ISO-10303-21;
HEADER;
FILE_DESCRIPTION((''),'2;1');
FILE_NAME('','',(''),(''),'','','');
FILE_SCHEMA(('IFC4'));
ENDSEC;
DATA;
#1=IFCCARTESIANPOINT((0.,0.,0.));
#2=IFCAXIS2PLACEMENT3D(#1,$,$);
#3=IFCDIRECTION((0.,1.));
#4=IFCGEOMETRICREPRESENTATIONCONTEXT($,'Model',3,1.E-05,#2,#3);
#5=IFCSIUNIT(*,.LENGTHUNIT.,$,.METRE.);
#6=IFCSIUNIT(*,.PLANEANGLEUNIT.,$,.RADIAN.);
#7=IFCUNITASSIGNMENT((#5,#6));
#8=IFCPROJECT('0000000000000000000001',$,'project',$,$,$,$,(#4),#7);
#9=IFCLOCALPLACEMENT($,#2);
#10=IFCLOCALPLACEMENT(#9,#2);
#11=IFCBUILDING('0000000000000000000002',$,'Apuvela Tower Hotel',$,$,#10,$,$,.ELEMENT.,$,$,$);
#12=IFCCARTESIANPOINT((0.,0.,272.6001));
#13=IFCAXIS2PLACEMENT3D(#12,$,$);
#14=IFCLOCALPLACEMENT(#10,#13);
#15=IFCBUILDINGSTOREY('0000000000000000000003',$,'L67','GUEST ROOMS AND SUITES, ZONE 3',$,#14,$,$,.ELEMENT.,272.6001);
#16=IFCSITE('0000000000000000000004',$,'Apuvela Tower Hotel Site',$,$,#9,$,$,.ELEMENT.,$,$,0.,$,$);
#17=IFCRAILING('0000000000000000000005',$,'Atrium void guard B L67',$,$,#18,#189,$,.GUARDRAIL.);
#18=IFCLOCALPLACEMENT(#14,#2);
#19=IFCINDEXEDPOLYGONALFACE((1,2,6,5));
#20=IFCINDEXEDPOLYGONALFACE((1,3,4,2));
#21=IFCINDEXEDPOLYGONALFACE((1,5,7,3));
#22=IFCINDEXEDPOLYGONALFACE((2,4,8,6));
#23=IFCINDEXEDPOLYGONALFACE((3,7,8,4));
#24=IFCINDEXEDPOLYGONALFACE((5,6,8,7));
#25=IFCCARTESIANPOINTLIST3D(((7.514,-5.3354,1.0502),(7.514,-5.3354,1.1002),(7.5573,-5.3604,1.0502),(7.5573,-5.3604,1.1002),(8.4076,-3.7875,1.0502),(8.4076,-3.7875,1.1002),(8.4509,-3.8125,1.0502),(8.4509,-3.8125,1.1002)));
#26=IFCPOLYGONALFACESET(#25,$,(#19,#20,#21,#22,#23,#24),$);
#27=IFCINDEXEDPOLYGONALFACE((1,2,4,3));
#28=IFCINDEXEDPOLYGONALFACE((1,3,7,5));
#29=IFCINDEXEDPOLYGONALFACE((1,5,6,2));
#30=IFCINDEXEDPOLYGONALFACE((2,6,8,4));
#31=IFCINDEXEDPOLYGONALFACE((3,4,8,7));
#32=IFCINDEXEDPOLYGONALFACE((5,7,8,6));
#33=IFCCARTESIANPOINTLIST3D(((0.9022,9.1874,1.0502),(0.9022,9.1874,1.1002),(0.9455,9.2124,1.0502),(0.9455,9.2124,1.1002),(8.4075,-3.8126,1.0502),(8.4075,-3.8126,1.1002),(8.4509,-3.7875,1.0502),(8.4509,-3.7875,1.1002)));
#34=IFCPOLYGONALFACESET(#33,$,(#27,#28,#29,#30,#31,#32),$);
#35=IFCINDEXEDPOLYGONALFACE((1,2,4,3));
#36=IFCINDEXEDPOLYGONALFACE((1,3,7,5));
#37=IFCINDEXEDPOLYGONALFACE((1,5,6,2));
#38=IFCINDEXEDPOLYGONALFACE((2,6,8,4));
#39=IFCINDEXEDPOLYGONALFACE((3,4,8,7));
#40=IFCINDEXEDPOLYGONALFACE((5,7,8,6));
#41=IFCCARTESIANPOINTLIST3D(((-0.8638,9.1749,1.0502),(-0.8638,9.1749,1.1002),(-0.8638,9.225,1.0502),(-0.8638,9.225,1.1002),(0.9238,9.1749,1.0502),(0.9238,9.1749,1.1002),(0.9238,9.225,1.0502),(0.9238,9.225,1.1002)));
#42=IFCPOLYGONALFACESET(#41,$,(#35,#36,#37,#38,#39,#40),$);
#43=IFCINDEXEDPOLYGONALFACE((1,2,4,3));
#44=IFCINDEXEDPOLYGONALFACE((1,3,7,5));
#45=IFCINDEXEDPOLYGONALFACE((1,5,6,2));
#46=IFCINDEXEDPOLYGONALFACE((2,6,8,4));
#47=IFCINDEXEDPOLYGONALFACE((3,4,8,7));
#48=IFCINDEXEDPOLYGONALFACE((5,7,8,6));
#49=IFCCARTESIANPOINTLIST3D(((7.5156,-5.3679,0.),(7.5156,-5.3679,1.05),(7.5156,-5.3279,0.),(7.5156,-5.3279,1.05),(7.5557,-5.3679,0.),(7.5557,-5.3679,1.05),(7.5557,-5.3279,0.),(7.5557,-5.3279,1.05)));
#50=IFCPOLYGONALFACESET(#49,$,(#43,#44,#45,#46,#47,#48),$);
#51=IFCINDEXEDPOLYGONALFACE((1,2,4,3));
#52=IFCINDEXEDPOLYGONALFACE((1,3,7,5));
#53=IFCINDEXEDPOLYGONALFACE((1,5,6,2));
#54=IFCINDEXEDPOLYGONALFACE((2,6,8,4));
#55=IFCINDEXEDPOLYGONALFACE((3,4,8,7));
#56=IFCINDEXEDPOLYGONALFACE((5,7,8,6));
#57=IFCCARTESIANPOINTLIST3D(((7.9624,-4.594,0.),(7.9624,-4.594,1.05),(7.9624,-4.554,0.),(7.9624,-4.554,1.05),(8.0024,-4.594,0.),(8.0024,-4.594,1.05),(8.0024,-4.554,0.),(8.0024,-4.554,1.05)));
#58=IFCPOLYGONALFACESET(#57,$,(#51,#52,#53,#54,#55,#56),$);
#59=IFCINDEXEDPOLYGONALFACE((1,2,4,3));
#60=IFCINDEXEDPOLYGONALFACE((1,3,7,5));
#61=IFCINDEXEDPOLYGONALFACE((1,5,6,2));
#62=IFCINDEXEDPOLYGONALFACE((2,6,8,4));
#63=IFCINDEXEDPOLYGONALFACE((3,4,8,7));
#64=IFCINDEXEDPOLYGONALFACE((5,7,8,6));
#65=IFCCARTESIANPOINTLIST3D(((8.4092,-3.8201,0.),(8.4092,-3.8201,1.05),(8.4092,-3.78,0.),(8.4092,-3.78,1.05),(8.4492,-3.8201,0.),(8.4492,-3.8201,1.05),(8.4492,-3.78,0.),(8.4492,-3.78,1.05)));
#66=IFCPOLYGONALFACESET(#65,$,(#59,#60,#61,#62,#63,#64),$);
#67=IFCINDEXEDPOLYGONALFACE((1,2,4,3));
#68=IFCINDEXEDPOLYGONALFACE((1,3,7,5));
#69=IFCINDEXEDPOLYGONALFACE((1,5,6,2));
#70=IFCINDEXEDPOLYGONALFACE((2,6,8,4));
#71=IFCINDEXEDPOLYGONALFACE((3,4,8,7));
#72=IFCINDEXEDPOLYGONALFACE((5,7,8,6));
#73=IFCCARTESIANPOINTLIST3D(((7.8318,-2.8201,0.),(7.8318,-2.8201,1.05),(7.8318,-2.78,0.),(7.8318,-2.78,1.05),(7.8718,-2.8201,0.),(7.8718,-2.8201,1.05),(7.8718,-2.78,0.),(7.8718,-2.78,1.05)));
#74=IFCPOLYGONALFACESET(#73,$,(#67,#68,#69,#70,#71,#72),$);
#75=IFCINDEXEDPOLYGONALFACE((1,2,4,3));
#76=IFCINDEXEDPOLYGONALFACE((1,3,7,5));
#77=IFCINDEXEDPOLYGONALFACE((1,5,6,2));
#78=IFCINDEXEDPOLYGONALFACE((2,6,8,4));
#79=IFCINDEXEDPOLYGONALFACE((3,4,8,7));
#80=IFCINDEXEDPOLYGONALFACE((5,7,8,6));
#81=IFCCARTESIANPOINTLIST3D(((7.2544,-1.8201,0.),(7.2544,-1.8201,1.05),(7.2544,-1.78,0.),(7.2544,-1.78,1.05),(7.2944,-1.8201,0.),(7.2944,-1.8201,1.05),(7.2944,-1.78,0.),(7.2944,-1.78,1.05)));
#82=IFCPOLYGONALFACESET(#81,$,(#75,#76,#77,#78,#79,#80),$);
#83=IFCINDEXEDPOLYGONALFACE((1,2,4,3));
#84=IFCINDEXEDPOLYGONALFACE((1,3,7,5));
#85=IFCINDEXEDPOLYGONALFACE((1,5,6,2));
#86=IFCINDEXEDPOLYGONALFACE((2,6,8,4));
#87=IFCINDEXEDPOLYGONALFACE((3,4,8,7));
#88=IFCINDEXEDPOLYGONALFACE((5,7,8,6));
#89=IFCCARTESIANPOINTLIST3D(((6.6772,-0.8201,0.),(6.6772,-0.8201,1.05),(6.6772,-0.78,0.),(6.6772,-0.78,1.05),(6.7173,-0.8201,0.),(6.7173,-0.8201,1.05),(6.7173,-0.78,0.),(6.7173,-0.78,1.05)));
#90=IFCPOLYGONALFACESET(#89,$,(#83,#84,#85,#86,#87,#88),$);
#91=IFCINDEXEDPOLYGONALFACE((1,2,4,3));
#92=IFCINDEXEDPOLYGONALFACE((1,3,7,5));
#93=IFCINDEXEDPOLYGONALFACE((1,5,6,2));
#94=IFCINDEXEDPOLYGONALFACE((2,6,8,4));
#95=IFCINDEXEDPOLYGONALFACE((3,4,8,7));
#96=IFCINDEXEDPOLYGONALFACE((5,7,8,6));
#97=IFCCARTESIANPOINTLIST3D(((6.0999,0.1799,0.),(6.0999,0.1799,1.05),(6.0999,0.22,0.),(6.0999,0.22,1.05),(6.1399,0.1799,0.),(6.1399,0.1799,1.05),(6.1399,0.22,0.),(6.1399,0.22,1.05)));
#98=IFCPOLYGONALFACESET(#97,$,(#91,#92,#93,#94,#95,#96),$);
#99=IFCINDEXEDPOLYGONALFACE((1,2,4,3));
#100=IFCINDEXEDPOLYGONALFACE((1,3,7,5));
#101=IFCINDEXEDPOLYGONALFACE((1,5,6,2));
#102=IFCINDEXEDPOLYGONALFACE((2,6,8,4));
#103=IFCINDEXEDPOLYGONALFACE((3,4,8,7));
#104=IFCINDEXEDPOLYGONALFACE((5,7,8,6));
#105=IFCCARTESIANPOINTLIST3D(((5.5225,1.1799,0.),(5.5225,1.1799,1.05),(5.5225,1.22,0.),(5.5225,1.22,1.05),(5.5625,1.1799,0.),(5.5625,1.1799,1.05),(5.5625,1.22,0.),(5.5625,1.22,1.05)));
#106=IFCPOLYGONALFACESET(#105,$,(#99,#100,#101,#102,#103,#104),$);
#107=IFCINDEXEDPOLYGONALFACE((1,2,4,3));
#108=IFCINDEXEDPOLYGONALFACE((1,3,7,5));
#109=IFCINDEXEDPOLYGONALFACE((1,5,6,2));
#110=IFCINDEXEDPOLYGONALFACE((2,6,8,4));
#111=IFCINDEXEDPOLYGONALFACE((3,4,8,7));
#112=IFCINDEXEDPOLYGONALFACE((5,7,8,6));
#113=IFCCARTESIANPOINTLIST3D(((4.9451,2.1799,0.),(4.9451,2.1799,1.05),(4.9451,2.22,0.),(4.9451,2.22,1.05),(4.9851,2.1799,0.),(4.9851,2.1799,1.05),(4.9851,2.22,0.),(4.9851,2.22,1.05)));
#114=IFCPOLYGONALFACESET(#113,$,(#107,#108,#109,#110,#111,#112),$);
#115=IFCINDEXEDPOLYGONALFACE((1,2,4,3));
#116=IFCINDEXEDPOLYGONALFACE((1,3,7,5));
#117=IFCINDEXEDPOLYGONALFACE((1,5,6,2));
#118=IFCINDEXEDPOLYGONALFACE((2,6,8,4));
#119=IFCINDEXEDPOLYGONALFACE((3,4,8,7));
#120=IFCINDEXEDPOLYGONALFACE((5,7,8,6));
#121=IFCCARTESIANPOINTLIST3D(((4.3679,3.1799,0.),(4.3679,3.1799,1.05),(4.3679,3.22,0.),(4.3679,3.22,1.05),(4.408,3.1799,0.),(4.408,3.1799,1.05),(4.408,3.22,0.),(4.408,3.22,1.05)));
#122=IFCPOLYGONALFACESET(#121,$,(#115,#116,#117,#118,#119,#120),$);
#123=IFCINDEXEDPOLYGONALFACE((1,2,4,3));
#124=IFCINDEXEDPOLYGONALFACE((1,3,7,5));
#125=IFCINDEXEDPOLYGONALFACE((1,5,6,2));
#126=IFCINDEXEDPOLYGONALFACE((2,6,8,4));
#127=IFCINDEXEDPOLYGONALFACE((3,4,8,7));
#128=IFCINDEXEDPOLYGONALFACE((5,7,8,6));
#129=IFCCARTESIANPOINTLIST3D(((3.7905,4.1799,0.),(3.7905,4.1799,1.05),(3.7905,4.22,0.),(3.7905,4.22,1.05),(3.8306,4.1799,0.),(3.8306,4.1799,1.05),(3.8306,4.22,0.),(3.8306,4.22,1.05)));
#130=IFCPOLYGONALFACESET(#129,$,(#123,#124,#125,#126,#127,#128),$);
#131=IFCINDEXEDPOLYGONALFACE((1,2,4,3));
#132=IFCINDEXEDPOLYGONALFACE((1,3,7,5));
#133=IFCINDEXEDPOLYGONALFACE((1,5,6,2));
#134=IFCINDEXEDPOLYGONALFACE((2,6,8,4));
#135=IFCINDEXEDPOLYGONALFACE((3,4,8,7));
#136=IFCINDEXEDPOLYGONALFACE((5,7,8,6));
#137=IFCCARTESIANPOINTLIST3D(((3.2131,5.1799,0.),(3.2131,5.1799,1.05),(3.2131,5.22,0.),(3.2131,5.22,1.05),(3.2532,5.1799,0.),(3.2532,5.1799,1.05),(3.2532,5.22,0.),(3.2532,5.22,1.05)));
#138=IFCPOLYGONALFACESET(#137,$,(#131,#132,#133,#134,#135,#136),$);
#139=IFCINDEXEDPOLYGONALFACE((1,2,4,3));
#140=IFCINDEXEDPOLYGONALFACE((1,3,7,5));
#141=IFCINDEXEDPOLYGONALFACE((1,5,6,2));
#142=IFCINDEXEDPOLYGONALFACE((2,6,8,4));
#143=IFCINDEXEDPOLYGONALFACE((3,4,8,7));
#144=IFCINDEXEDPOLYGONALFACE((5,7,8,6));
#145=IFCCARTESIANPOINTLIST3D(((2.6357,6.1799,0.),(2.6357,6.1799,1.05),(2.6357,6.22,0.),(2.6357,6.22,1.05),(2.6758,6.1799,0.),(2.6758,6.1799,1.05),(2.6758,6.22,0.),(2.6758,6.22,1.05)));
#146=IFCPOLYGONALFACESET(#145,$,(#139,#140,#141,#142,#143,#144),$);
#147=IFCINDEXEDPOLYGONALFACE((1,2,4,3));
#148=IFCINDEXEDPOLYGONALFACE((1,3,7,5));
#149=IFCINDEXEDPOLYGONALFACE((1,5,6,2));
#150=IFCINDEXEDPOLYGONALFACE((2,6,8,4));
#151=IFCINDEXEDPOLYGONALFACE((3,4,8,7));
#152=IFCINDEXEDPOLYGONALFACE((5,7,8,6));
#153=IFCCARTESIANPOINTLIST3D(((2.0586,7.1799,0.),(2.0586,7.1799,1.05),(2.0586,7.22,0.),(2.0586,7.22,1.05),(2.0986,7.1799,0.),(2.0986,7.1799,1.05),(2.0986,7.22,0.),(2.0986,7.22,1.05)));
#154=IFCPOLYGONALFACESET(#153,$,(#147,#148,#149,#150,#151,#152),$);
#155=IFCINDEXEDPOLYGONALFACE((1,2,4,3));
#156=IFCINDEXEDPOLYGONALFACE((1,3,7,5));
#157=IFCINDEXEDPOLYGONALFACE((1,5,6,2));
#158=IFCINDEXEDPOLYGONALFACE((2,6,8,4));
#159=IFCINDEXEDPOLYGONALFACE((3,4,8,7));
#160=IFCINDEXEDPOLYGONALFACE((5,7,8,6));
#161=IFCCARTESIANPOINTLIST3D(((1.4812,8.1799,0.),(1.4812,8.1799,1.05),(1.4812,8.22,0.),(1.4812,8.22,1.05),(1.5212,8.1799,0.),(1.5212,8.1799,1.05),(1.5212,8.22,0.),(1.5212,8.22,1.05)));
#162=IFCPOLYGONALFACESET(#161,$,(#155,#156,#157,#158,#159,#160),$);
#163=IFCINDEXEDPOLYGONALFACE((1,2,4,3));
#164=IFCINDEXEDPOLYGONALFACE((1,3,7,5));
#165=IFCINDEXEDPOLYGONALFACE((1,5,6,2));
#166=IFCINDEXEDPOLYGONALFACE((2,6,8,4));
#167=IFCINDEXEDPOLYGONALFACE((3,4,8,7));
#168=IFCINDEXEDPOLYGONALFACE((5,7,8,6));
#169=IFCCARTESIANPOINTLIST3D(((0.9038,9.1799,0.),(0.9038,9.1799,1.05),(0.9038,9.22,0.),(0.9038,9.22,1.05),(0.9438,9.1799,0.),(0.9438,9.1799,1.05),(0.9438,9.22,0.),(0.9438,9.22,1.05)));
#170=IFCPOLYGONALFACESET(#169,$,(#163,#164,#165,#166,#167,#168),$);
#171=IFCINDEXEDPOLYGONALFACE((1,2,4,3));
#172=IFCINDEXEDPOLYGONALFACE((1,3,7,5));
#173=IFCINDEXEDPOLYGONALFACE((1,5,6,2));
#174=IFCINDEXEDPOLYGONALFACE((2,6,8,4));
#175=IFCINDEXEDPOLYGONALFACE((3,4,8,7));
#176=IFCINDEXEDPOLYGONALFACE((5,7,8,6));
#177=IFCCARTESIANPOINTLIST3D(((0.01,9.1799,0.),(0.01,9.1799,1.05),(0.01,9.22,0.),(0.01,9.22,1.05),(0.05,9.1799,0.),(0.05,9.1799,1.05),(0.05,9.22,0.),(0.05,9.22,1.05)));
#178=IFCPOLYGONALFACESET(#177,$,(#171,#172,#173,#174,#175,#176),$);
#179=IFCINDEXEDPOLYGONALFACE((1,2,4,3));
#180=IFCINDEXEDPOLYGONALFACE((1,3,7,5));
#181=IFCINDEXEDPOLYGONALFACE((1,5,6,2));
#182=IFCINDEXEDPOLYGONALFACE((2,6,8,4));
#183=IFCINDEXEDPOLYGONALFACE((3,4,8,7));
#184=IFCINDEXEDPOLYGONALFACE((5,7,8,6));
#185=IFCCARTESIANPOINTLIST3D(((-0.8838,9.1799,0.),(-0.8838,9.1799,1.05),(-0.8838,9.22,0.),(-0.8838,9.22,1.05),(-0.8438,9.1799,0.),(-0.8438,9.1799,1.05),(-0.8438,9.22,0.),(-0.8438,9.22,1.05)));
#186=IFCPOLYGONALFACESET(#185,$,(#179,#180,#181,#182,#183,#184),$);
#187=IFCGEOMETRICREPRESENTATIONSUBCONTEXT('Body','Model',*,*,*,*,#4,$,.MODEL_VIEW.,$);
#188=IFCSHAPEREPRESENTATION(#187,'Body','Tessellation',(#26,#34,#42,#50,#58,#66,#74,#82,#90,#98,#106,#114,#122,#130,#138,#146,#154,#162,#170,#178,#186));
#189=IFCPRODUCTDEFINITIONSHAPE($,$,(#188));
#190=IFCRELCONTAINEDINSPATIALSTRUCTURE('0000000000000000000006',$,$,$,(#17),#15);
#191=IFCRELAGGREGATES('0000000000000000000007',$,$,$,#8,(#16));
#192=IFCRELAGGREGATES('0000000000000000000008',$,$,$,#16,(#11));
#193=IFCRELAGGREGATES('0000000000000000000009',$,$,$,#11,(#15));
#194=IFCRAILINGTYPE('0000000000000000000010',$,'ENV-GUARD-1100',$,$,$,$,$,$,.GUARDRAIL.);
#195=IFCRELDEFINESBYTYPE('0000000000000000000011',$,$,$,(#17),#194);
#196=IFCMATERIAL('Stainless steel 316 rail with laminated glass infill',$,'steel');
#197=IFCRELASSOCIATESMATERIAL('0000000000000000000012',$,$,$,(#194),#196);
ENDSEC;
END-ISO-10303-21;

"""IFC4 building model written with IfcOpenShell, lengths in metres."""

from ifc_helpers import new_model, si_unit, direction, frame, origin, origin_2d, place, context, subcontext, project, spatial, rectangle, extrude, material, type_object, element, save


model = new_model("IFC4")

# Units and contexts
model_context = context("Model", 3, precision=1e-05, world=origin(), true_north=direction((0.0, 1.0)))
body_context = subcontext(model_context, "Body", "Model", "MODEL_VIEW")
ifc_project = project(units=[si_unit("LENGTHUNIT", "METRE"), si_unit("PLANEANGLEUNIT", "RADIAN")], contexts=[model_context])

# Site, building, storey
site_placement = place(None, origin())
site = spatial("IfcSite", under=ifc_project, at=site_placement, Name="Apuvela Tower Hotel Site", CompositionType="ELEMENT", RefElevation=0.0)
building_placement = place(site_placement, origin())
building = spatial("IfcBuilding", under=site, at=building_placement, Name="Apuvela Tower Hotel", CompositionType="ELEMENT")
storey_placement = place(building_placement, frame((0.0, 0.0, 272.6001)))
storey = spatial("IfcBuildingStorey", under=building, at=storey_placement, Name="L67", Description="GUEST ROOMS AND SUITES, ZONE 3", CompositionType="ELEMENT", Elevation=272.6001)

# Railing
ifc_material_1 = material(Name="Stainless steel 316 rail with laminated glass infill", Category="steel")
railing_type_1 = type_object("IfcRailingType", Name="ENV-GUARD-1100", PredefinedType="GUARDRAIL", material=ifc_material_1)
railing_1_placement = place(storey_placement, frame((7.5356, -5.3479, 0.0)))
element("IfcRailing", 1, at=railing_1_placement, inside=storey, type_object=railing_type_1, Name="Atrium void guard B L67", PredefinedType="GUARDRAIL", context=body_context, shape_type="SweptSolid", body=[
    extrude(rectangle(XDim=0.05, YDim=0.05, at=origin_2d()), frame((0.0, 0.0, 1.0752), z_axis=(0.499959, 0.866049, 0.0), x_axis=(-0.866049, 0.499959, 0.0)), (0.0, 0.0, 1.0), 1.7874),
    extrude(rectangle(XDim=0.05, YDim=0.05, at=origin_2d()), frame((0.8936, 1.5479, 1.0752), z_axis=(-0.499991, 0.866031, 0.0), x_axis=(-0.866031, -0.499991, 0.0)), (0.0, 0.0, 1.0), 15.011),
    extrude(rectangle(XDim=0.05, YDim=0.05, at=origin_2d()), frame((-6.6118, 14.5479, 1.0752), z_axis=(-1.0, 0.0, 0.0), x_axis=(0.0, -1.0, 0.0)), (0.0, 0.0, 1.0), 1.7876),
    extrude(rectangle(XDim=0.04, YDim=0.04, at=origin_2d()), origin(), (0.0, 0.0, 1.0), 1.05),
    extrude(rectangle(XDim=0.04, YDim=0.04, at=origin_2d()), frame((0.4468, 0.7739, 0.0)), (0.0, 0.0, 1.0), 1.05),
    extrude(rectangle(XDim=0.04, YDim=0.04, at=origin_2d()), frame((0.8936, 1.5479, 0.0)), (0.0, 0.0, 1.0), 1.05),
    extrude(rectangle(XDim=0.04, YDim=0.04, at=origin_2d()), frame((0.3162, 2.5479, 0.0)), (0.0, 0.0, 1.0), 1.05),
    extrude(rectangle(XDim=0.04, YDim=0.04, at=origin_2d()), frame((-0.2612, 3.5479, 0.0)), (0.0, 0.0, 1.0), 1.05),
    extrude(rectangle(XDim=0.04, YDim=0.04, at=origin_2d()), frame((-0.8384, 4.5479, 0.0)), (0.0, 0.0, 1.0), 1.05),
    extrude(rectangle(XDim=0.04, YDim=0.04, at=origin_2d()), frame((-1.4158, 5.5479, 0.0)), (0.0, 0.0, 1.0), 1.05),
    extrude(rectangle(XDim=0.04, YDim=0.04, at=origin_2d()), frame((-1.9932, 6.5479, 0.0)), (0.0, 0.0, 1.0), 1.05),
    extrude(rectangle(XDim=0.04, YDim=0.04, at=origin_2d()), frame((-2.5706, 7.5479, 0.0)), (0.0, 0.0, 1.0), 1.05),
    extrude(rectangle(XDim=0.04, YDim=0.04, at=origin_2d()), frame((-3.1477, 8.5479, 0.0)), (0.0, 0.0, 1.0), 1.05),
    extrude(rectangle(XDim=0.04, YDim=0.04, at=origin_2d()), frame((-3.7251, 9.5479, 0.0)), (0.0, 0.0, 1.0), 1.05),
    extrude(rectangle(XDim=0.04, YDim=0.04, at=origin_2d()), frame((-4.3025, 10.5479, 0.0)), (0.0, 0.0, 1.0), 1.05),
    extrude(rectangle(XDim=0.04, YDim=0.04, at=origin_2d()), frame((-4.8799, 11.5479, 0.0)), (0.0, 0.0, 1.0), 1.05),
    extrude(rectangle(XDim=0.04, YDim=0.04, at=origin_2d()), frame((-5.457, 12.5479, 0.0)), (0.0, 0.0, 1.0), 1.05),
    extrude(rectangle(XDim=0.04, YDim=0.04, at=origin_2d()), frame((-6.0344, 13.5479, 0.0)), (0.0, 0.0, 1.0), 1.05),
    extrude(rectangle(XDim=0.04, YDim=0.04, at=origin_2d()), frame((-6.6118, 14.5479, 0.0)), (0.0, 0.0, 1.0), 1.05),
    extrude(rectangle(XDim=0.04, YDim=0.04, at=origin_2d()), frame((-7.5056, 14.5479, 0.0)), (0.0, 0.0, 1.0), 1.05),
    extrude(rectangle(XDim=0.04, YDim=0.04, at=origin_2d()), frame((-8.3994, 14.5479, 0.0)), (0.0, 0.0, 1.0), 1.05),
])

save(model, "model.ifc")
